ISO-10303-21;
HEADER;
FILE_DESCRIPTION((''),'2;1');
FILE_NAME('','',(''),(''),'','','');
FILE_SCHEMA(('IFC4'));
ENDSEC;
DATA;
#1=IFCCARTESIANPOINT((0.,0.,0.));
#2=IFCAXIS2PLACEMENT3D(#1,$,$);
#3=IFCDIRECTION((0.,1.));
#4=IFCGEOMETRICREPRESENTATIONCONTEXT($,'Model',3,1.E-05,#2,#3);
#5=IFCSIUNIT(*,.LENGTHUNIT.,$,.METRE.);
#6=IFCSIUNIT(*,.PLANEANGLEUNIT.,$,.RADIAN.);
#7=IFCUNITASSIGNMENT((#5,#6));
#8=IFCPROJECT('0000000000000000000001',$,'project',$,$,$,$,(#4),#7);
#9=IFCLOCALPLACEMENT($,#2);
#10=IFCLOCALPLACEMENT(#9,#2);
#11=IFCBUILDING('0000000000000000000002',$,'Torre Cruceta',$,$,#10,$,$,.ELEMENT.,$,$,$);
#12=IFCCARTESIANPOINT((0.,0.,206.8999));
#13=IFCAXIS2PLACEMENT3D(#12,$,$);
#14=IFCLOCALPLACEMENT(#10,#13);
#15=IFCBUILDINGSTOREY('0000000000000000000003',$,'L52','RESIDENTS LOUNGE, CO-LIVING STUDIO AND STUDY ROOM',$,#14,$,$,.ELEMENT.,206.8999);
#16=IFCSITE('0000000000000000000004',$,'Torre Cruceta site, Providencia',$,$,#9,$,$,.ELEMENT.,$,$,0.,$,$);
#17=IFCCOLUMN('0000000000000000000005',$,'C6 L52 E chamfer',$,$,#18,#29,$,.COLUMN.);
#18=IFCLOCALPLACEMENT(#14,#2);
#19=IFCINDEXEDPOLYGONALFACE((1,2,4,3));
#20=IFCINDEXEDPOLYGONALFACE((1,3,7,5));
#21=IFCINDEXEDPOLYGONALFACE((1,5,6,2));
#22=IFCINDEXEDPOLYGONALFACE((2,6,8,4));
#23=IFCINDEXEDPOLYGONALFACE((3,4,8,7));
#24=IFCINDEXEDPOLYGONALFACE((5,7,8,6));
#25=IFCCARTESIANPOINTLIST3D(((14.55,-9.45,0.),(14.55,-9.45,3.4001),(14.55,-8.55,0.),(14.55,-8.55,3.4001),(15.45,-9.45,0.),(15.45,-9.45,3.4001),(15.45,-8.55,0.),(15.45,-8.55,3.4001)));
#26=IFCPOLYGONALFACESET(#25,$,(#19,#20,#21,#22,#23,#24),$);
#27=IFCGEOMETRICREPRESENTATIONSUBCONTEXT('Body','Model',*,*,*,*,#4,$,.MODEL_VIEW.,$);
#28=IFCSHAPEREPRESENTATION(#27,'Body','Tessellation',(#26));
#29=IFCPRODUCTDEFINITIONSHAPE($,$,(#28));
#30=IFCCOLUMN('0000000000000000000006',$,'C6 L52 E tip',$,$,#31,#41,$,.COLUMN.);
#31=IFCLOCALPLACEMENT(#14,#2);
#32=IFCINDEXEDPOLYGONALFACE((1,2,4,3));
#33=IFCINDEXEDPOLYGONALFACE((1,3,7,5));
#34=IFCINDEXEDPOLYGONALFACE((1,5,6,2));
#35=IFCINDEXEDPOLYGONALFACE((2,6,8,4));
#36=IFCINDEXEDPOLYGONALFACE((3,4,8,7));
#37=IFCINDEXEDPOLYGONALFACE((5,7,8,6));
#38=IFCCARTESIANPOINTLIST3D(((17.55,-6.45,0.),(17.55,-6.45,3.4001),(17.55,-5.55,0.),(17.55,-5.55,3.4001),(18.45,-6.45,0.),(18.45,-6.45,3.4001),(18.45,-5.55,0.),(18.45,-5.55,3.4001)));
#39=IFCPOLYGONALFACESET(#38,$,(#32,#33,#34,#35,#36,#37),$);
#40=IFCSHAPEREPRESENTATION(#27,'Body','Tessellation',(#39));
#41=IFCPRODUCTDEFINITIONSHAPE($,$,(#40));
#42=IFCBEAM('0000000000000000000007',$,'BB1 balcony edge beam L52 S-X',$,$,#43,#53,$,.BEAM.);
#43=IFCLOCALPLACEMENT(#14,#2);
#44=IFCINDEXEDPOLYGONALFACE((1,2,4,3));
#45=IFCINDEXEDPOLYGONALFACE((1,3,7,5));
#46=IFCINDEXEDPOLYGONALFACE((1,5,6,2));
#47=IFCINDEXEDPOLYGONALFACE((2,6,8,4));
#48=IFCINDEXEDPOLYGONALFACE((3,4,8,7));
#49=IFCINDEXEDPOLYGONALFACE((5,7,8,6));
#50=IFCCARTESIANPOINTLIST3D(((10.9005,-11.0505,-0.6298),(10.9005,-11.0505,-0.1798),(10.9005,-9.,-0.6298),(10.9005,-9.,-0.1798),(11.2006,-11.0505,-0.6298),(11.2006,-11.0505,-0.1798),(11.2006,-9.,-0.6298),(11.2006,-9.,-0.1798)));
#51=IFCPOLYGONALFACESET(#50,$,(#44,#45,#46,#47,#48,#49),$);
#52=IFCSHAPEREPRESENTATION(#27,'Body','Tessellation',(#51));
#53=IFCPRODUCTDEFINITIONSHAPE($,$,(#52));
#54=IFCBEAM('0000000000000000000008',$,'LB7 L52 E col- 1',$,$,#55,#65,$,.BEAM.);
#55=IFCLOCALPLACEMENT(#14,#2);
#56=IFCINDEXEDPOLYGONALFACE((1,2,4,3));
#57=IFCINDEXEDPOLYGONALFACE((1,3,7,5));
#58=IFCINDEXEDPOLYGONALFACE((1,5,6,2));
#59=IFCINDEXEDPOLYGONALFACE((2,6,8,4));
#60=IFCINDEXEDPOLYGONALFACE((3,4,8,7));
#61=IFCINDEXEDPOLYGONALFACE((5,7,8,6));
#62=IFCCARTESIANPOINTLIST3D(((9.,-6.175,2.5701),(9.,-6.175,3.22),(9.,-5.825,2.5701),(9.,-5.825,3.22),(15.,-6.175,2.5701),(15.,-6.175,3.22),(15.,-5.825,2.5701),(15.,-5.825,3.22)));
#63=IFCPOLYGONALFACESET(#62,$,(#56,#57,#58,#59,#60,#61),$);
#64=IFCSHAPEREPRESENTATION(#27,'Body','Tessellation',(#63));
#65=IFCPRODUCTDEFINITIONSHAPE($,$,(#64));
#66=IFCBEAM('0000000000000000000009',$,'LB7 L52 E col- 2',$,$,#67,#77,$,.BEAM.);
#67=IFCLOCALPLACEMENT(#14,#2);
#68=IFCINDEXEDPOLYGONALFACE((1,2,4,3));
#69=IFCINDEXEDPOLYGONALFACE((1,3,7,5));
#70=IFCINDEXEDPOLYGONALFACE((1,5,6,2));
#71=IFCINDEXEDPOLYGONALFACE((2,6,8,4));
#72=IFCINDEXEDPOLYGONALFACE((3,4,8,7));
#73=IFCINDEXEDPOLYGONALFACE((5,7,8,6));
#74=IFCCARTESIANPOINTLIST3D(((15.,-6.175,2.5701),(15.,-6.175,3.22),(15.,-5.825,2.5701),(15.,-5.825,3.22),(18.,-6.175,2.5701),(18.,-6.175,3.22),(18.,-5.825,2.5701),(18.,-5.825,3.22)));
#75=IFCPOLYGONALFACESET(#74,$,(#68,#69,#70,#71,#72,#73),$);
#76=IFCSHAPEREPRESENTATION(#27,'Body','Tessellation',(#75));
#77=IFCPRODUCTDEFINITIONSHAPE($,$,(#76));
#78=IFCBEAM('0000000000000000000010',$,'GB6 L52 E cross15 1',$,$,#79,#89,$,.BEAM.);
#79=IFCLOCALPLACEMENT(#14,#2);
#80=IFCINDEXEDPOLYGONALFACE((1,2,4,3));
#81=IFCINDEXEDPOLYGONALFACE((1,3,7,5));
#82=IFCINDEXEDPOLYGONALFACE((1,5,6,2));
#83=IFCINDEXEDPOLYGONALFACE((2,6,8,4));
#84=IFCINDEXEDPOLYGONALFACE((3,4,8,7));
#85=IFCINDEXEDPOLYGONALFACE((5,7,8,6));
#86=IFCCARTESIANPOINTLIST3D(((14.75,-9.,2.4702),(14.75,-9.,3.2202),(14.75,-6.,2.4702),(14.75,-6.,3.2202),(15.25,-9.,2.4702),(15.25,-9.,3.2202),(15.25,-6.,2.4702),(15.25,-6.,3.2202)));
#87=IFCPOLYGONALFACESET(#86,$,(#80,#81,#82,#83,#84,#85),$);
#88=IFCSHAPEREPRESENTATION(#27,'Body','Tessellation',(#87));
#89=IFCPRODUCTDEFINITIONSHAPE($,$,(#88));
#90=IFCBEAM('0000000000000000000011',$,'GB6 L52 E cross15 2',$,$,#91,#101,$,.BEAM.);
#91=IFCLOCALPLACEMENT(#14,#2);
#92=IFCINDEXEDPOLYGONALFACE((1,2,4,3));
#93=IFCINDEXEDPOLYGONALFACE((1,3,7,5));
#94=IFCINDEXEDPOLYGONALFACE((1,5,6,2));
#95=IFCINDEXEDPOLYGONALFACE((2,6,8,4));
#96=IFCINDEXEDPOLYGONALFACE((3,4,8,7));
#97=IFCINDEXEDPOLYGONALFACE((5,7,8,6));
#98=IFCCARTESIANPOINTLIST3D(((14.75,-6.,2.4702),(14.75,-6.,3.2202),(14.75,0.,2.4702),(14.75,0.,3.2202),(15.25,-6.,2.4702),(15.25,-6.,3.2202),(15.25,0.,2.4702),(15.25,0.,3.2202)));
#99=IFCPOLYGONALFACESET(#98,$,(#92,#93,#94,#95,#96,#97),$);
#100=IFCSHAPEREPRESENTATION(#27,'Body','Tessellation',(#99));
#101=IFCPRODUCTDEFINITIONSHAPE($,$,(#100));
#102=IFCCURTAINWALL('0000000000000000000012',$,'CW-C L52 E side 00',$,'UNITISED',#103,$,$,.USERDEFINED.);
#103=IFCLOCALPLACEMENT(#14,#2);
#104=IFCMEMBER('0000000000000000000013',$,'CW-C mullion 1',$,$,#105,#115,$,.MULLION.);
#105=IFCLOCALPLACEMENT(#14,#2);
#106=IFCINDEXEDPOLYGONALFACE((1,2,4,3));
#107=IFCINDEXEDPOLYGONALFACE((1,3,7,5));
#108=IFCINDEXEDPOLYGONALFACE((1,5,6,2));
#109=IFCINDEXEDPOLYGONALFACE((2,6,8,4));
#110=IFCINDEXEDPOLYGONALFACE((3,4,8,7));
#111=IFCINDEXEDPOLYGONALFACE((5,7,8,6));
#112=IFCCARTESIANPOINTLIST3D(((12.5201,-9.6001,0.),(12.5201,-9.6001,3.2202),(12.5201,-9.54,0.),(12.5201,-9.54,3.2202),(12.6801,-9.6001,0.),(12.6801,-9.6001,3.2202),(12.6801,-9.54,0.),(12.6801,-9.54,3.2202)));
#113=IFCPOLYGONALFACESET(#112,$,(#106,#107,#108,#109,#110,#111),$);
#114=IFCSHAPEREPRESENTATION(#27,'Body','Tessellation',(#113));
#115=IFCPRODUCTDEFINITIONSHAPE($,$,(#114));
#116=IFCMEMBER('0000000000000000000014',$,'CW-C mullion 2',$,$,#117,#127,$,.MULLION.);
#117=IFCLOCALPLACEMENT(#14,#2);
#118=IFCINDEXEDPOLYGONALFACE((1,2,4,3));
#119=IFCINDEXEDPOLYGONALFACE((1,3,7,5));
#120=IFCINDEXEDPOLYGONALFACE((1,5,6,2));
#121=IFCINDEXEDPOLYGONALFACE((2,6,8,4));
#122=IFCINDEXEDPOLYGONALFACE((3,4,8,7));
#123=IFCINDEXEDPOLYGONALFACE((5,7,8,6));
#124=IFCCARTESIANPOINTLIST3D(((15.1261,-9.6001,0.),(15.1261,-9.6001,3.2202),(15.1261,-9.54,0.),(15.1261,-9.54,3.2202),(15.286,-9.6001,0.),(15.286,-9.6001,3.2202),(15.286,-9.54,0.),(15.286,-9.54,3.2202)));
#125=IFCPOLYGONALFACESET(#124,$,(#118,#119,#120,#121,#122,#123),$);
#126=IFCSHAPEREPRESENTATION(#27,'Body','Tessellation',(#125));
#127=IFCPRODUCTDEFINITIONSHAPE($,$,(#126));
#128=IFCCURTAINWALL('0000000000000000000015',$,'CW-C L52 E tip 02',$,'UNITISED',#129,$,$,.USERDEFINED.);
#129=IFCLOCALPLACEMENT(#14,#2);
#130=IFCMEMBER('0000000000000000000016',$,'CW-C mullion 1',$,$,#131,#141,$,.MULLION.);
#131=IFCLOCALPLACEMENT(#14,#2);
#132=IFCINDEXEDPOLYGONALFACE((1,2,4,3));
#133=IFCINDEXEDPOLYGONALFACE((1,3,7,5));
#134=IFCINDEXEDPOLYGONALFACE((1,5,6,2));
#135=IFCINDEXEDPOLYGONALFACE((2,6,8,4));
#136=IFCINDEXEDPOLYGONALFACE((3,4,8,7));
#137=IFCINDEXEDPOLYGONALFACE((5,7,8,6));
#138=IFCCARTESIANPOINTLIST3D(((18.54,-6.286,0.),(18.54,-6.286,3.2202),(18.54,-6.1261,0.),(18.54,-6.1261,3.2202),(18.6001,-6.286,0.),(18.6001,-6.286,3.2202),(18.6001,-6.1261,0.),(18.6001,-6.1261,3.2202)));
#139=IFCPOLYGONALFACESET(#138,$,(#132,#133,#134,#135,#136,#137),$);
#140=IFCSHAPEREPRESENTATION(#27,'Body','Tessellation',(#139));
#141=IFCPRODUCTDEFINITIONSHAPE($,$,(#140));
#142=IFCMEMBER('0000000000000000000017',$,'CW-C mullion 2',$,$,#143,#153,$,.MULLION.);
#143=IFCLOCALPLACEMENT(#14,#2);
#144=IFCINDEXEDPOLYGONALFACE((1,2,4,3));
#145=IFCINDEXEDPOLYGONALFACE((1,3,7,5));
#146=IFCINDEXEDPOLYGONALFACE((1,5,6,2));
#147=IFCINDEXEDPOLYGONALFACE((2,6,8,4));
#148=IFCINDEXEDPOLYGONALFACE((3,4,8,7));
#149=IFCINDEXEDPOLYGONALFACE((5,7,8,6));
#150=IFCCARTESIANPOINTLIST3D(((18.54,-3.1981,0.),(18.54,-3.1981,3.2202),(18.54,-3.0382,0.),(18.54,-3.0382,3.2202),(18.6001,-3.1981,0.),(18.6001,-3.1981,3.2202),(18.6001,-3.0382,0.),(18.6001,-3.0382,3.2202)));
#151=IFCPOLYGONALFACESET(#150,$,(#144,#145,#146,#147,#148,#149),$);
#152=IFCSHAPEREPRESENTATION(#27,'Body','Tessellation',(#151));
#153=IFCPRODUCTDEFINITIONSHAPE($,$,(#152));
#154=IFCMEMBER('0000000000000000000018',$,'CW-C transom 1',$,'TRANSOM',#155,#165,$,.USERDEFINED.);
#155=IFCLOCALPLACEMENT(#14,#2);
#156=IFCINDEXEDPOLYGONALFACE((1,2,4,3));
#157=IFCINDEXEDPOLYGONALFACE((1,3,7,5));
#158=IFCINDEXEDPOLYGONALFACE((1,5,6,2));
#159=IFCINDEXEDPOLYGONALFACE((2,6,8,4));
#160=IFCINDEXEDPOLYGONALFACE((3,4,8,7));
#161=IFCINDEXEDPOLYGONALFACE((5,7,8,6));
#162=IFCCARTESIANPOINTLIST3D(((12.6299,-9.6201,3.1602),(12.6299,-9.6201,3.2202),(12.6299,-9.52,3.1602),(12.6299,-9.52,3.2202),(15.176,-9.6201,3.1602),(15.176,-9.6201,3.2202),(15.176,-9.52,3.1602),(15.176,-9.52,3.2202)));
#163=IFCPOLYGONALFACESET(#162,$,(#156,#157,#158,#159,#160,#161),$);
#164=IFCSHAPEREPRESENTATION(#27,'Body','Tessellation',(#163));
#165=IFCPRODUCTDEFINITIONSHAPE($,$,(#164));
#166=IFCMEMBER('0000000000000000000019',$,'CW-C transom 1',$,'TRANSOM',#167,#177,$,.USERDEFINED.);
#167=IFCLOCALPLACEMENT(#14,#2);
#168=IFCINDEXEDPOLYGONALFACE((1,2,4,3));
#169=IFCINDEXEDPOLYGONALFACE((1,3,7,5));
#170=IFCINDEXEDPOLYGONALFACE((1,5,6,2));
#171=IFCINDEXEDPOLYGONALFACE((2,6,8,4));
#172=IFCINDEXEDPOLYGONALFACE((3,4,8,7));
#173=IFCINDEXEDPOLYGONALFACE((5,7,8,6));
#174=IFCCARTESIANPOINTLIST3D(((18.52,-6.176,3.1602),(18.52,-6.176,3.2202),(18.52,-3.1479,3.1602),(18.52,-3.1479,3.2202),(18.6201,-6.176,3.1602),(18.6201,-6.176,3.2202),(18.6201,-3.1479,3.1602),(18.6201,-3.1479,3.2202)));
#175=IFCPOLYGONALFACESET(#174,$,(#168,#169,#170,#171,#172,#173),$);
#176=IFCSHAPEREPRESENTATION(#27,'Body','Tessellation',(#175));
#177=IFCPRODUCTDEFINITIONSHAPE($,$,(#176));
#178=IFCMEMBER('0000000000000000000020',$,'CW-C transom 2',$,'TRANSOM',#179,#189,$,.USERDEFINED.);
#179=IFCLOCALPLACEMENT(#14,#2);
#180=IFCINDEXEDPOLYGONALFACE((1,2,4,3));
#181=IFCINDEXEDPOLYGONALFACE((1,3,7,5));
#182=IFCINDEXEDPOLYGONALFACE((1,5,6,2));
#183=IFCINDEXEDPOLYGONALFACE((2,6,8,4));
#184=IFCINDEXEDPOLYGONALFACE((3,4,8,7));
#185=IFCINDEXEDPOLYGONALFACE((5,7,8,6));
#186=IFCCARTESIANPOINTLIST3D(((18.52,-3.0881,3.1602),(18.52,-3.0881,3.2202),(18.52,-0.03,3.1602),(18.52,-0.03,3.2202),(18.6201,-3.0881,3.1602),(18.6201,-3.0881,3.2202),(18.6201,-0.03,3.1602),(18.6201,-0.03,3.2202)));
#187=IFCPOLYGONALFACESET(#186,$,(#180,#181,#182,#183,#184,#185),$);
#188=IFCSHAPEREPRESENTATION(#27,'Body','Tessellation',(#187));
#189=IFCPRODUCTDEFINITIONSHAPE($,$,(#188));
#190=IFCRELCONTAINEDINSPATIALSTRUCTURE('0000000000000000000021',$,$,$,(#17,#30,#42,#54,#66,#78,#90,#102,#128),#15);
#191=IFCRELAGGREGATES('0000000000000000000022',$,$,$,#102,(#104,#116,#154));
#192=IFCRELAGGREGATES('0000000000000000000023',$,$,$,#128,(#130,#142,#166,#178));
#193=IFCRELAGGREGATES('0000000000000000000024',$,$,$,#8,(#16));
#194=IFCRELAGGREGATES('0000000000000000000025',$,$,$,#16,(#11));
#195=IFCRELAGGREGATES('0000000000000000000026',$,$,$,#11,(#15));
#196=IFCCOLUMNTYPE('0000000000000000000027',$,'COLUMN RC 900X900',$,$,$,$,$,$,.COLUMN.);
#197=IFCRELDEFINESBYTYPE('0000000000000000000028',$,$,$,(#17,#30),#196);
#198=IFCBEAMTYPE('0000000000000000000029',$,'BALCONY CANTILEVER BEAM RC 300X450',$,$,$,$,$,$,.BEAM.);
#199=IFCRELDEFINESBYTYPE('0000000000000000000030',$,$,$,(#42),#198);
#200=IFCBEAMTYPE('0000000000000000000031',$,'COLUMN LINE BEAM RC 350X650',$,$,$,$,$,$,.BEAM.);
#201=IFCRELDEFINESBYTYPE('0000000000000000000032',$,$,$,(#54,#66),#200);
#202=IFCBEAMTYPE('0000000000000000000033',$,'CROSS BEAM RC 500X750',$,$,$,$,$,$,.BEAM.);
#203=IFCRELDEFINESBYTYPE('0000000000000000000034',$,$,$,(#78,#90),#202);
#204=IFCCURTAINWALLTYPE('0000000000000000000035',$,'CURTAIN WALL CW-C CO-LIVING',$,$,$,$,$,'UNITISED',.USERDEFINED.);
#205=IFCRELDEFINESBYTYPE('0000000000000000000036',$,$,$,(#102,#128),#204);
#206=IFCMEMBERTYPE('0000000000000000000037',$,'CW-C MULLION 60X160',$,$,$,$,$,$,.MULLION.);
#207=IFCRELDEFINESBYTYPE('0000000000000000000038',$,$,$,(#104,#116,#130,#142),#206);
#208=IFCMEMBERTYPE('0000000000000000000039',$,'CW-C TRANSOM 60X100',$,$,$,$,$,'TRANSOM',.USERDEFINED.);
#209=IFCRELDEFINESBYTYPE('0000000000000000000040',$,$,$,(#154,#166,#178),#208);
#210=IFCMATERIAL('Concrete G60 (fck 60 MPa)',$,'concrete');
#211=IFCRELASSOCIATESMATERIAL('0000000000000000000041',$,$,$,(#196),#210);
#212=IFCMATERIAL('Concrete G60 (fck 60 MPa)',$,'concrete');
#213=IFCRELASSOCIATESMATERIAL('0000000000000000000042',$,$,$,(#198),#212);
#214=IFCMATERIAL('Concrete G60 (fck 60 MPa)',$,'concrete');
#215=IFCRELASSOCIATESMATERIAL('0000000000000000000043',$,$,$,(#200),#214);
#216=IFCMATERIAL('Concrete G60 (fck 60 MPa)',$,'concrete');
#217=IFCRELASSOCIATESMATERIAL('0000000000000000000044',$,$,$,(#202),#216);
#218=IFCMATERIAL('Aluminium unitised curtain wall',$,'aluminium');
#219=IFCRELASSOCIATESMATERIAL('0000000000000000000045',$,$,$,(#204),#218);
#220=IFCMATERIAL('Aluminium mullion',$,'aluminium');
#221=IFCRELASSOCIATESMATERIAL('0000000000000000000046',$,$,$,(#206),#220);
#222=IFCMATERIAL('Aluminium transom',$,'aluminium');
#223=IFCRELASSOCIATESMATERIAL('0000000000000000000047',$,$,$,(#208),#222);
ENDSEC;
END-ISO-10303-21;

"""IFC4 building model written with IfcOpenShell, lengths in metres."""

from ifc_helpers import new_model, si_unit, direction, frame, origin, origin_2d, place, context, subcontext, project, spatial, rectangle, extrude, material, material_profile, profile_set, type_object, element, aggregate, save


model = new_model("IFC4")

# Units and contexts
model_context = context("Model", 3, precision=1e-05, world=origin(), true_north=direction((0.0, 1.0)))
body_context = subcontext(model_context, "Body", "Model", "MODEL_VIEW")
ifc_project = project(units=[si_unit("LENGTHUNIT", "METRE"), si_unit("PLANEANGLEUNIT", "RADIAN")], contexts=[model_context])

# Site, building, storey
site_placement = place(None, origin())
site = spatial("IfcSite", under=ifc_project, at=site_placement, Name="Torre Cruceta site, Providencia", CompositionType="ELEMENT", RefElevation=0.0)
building_placement = place(site_placement, origin())
building = spatial("IfcBuilding", under=site, at=building_placement, Name="Torre Cruceta", CompositionType="ELEMENT")
storey_placement = place(building_placement, frame((0.0, 0.0, 206.8999)))
storey = spatial("IfcBuildingStorey", under=building, at=storey_placement, Name="L52", Description="RESIDENTS LOUNGE, CO-LIVING STUDIO AND STUDY ROOM", CompositionType="ELEMENT", Elevation=206.8999)

# Columns
ifc_material_1 = material(Name="Concrete G60 (fck 60 MPa)", Category="concrete")
ifc_material_profile_1 = material_profile(ifc_material_1, rectangle(XDim=0.8999, YDim=0.8999, at=origin_2d()), Name="RC 900X900")
ifc_profile_set_1 = profile_set([ifc_material_profile_1], Name="Concrete G60 (fck 60 MPa)")
column_type = type_object("IfcColumnType", Name="COLUMN RC 900X900", PredefinedType="COLUMN", material=ifc_profile_set_1)
for number, where, z_axis, x_axis, name in (
    (1, (15.0, -9.0, 0.0), (0.0, 0.0, 1.0), (1.0, 0.0, 0.0), "C6 L52 E chamfer"),
    (2, (18.0, -6.0, 0.0), (0.0, 0.0, 1.0), (1.0, 0.0, 0.0), "C6 L52 E tip"),
):
    element("IfcColumn", number, at=place(storey_placement, frame(where, z_axis=z_axis, x_axis=x_axis)), inside=storey, type_object=column_type, Name=name, PredefinedType="COLUMN", context=body_context, shape_type="SweptSolid", body=[
        extrude(rectangle(XDim=0.8999, YDim=0.8999, at=origin_2d()), origin(), (0.0, 0.0, 1.0), 3.4001),
    ])

# Beams
ifc_material_2 = material(Name="Concrete G60 (fck 60 MPa)", Category="concrete")
ifc_material_profile_2 = material_profile(ifc_material_2, rectangle(XDim=0.3, YDim=0.45, at=origin_2d()), Name="RC 300X450")
ifc_profile_set_2 = profile_set([ifc_material_profile_2], Name="Concrete G60 (fck 60 MPa)")
beam_type_1 = type_object("IfcBeamType", Name="BALCONY CANTILEVER BEAM RC 300X450", PredefinedType="BEAM", material=ifc_profile_set_2)
beam_1_placement = place(storey_placement, frame((11.0505, -9.0, -0.4048), z_axis=(0.0, -1.0, 0.0), x_axis=(1.0, 0.0, 0.0)))
element("IfcBeam", 3, at=beam_1_placement, inside=storey, type_object=beam_type_1, Name="BB1 balcony edge beam L52 S-X", PredefinedType="BEAM", context=body_context, shape_type="SweptSolid", body=[
    extrude(rectangle(XDim=0.3, YDim=0.45, at=origin_2d()), origin(), (0.0, 0.0, 1.0), 2.0505),
])
ifc_material_3 = material(Name="Concrete G60 (fck 60 MPa)", Category="concrete")
ifc_material_profile_3 = material_profile(ifc_material_3, rectangle(XDim=0.3501, YDim=0.6499, at=origin_2d()), Name="RC 350X650")
ifc_profile_set_3 = profile_set([ifc_material_profile_3], Name="Concrete G60 (fck 60 MPa)")
beam_type_2 = type_object("IfcBeamType", Name="COLUMN LINE BEAM RC 350X650", PredefinedType="BEAM", material=ifc_profile_set_3)
beam_2_placement = place(storey_placement, frame((9.0, -6.0, 2.895), z_axis=(1.0, 0.0, 0.0), x_axis=(0.0, 1.0, 0.0)))
element("IfcBeam", 4, at=beam_2_placement, inside=storey, type_object=beam_type_2, Name="LB7 L52 E col- 1", PredefinedType="BEAM", context=body_context, shape_type="SweptSolid", body=[
    extrude(rectangle(XDim=0.3501, YDim=0.6499, at=origin_2d()), origin(), (0.0, 0.0, 1.0), 6.0),
])
beam_3_placement = place(storey_placement, frame((15.0, -6.0, 2.895), z_axis=(1.0, 0.0, 0.0), x_axis=(0.0, 1.0, 0.0)))
element("IfcBeam", 5, at=beam_3_placement, inside=storey, type_object=beam_type_2, Name="LB7 L52 E col- 2", PredefinedType="BEAM", context=body_context, shape_type="SweptSolid", body=[
    extrude(rectangle(XDim=0.3501, YDim=0.6499, at=origin_2d()), origin(), (0.0, 0.0, 1.0), 3.0),
])
ifc_material_4 = material(Name="Concrete G60 (fck 60 MPa)", Category="concrete")
ifc_material_profile_4 = material_profile(ifc_material_4, rectangle(XDim=0.5, YDim=0.75, at=origin_2d()), Name="RC 500X750")
ifc_profile_set_4 = profile_set([ifc_material_profile_4], Name="Concrete G60 (fck 60 MPa)")
beam_type_3 = type_object("IfcBeamType", Name="CROSS BEAM RC 500X750", PredefinedType="BEAM", material=ifc_profile_set_4)
beam_4_placement = place(storey_placement, frame((15.0, -9.0, 2.8452), z_axis=(0.0, 1.0, 0.0), x_axis=(-1.0, 0.0, 0.0)))
element("IfcBeam", 6, at=beam_4_placement, inside=storey, type_object=beam_type_3, Name="GB6 L52 E cross15 1", PredefinedType="BEAM", context=body_context, shape_type="SweptSolid", body=[
    extrude(rectangle(XDim=0.5, YDim=0.75, at=origin_2d()), origin(), (0.0, 0.0, 1.0), 3.0),
])
beam_5_placement = place(storey_placement, frame((15.0, -6.0, 2.8452), z_axis=(0.0, 1.0, 0.0), x_axis=(-1.0, 0.0, 0.0)))
element("IfcBeam", 7, at=beam_5_placement, inside=storey, type_object=beam_type_3, Name="GB6 L52 E cross15 2", PredefinedType="BEAM", context=body_context, shape_type="SweptSolid", body=[
    extrude(rectangle(XDim=0.5, YDim=0.75, at=origin_2d()), origin(), (0.0, 0.0, 1.0), 6.0),
])

# Curtain walls, members
ifc_material_5 = material(Name="Aluminium unitised curtain wall", Category="aluminium")
curtain_wall_type = type_object("IfcCurtainWallType", Name="CURTAIN WALL CW-C CO-LIVING", ElementType="UNITISED", PredefinedType="USERDEFINED", material=ifc_material_5)
curtain_wall_1_placement = place(storey_placement, origin())
curtain_wall_1 = element("IfcCurtainWall", 8, at=curtain_wall_1_placement, inside=storey, type_object=curtain_wall_type, Name="CW-C L52 E side 00", ObjectType="UNITISED", PredefinedType="USERDEFINED")
ifc_material_6 = material(Name="Aluminium mullion", Category="aluminium")
ifc_material_profile_5 = material_profile(ifc_material_6, rectangle(XDim=0.0601, YDim=0.1599, at=origin_2d()), Name="AL 60X160")
ifc_profile_set_5 = profile_set([ifc_material_profile_5], Name="Aluminium mullion")
member_type_1 = type_object("IfcMemberType", Name="CW-C MULLION 60X160", PredefinedType="MULLION", material=ifc_profile_set_5)
member_1_placement = place(storey_placement, frame((12.6001, -9.5701, 0.0), z_axis=(0.0, 0.0, 1.0), x_axis=(0.0, 1.0, 0.0)))
member_1 = element("IfcMember", 9, at=member_1_placement, type_object=member_type_1, Name="CW-C mullion 1", PredefinedType="MULLION", context=body_context, shape_type="SweptSolid", body=[
    extrude(rectangle(XDim=0.0601, YDim=0.1599, at=origin_2d()), origin(), (0.0, 0.0, 1.0), 3.2202),
])
member_2_placement = place(storey_placement, frame((15.2061, -9.5701, 0.0), z_axis=(0.0, 0.0, 1.0), x_axis=(0.0, 1.0, 0.0)))
member_2 = element("IfcMember", 10, at=member_2_placement, type_object=member_type_1, Name="CW-C mullion 2", PredefinedType="MULLION", context=body_context, shape_type="SweptSolid", body=[
    extrude(rectangle(XDim=0.0601, YDim=0.1599, at=origin_2d()), origin(), (0.0, 0.0, 1.0), 3.2202),
])
curtain_wall_2_placement = place(storey_placement, origin())
curtain_wall_2 = element("IfcCurtainWall", 11, at=curtain_wall_2_placement, inside=storey, type_object=curtain_wall_type, Name="CW-C L52 E tip 02", ObjectType="UNITISED", PredefinedType="USERDEFINED")
member_3_placement = place(storey_placement, frame((18.5701, -6.2061, 0.0), z_axis=(0.0, 0.0, 1.0), x_axis=(-1.0, 0.0, 0.0)))
member_3 = element("IfcMember", 12, at=member_3_placement, type_object=member_type_1, Name="CW-C mullion 1", PredefinedType="MULLION", context=body_context, shape_type="SweptSolid", body=[
    extrude(rectangle(XDim=0.0601, YDim=0.1599, at=origin_2d()), origin(), (0.0, 0.0, 1.0), 3.2202),
])
member_4_placement = place(storey_placement, frame((18.5701, -3.1182, 0.0), z_axis=(0.0, 0.0, 1.0), x_axis=(-1.0, 0.0, 0.0)))
member_4 = element("IfcMember", 13, at=member_4_placement, type_object=member_type_1, Name="CW-C mullion 2", PredefinedType="MULLION", context=body_context, shape_type="SweptSolid", body=[
    extrude(rectangle(XDim=0.0601, YDim=0.1599, at=origin_2d()), origin(), (0.0, 0.0, 1.0), 3.2202),
])

# Members
ifc_material_7 = material(Name="Aluminium transom", Category="aluminium")
ifc_material_profile_6 = material_profile(ifc_material_7, rectangle(XDim=0.1001, YDim=0.0601, at=origin_2d()), Name="AL 100X60")
ifc_profile_set_6 = profile_set([ifc_material_profile_6], Name="Aluminium transom")
member_type_2 = type_object("IfcMemberType", Name="CW-C TRANSOM 60X100", ElementType="TRANSOM", PredefinedType="USERDEFINED", material=ifc_profile_set_6)
member_5_placement = place(storey_placement, frame((12.6299, -9.5701, 3.1902), z_axis=(1.0, 0.0, 0.0), x_axis=(0.0, 1.0, 0.0)))
member_5 = element("IfcMember", 14, at=member_5_placement, type_object=member_type_2, Name="CW-C transom 1", ObjectType="TRANSOM", PredefinedType="USERDEFINED", context=body_context, shape_type="SweptSolid", body=[
    extrude(rectangle(XDim=0.1001, YDim=0.0601, at=origin_2d()), origin(), (0.0, 0.0, 1.0), 2.5461),
])
member_6_placement = place(storey_placement, frame((18.5701, -6.176, 3.1902), z_axis=(0.0, 1.0, 0.0), x_axis=(-1.0, 0.0, 0.0)))
member_6 = element("IfcMember", 15, at=member_6_placement, type_object=member_type_2, Name="CW-C transom 1", ObjectType="TRANSOM", PredefinedType="USERDEFINED", context=body_context, shape_type="SweptSolid", body=[
    extrude(rectangle(XDim=0.1001, YDim=0.0601, at=origin_2d()), origin(), (0.0, 0.0, 1.0), 3.0281),
])
member_7_placement = place(storey_placement, frame((18.5701, -3.0881, 3.1902), z_axis=(0.0, 1.0, 0.0), x_axis=(-1.0, 0.0, 0.0)))
member_7 = element("IfcMember", 16, at=member_7_placement, type_object=member_type_2, Name="CW-C transom 2", ObjectType="TRANSOM", PredefinedType="USERDEFINED", context=body_context, shape_type="SweptSolid", body=[
    extrude(rectangle(XDim=0.1001, YDim=0.0601, at=origin_2d()), origin(), (0.0, 0.0, 1.0), 3.0581),
])

aggregate(curtain_wall_1, [member_1, member_2, member_5])
aggregate(curtain_wall_2, [member_3, member_4, member_6, member_7])

save(model, "model.ifc")
